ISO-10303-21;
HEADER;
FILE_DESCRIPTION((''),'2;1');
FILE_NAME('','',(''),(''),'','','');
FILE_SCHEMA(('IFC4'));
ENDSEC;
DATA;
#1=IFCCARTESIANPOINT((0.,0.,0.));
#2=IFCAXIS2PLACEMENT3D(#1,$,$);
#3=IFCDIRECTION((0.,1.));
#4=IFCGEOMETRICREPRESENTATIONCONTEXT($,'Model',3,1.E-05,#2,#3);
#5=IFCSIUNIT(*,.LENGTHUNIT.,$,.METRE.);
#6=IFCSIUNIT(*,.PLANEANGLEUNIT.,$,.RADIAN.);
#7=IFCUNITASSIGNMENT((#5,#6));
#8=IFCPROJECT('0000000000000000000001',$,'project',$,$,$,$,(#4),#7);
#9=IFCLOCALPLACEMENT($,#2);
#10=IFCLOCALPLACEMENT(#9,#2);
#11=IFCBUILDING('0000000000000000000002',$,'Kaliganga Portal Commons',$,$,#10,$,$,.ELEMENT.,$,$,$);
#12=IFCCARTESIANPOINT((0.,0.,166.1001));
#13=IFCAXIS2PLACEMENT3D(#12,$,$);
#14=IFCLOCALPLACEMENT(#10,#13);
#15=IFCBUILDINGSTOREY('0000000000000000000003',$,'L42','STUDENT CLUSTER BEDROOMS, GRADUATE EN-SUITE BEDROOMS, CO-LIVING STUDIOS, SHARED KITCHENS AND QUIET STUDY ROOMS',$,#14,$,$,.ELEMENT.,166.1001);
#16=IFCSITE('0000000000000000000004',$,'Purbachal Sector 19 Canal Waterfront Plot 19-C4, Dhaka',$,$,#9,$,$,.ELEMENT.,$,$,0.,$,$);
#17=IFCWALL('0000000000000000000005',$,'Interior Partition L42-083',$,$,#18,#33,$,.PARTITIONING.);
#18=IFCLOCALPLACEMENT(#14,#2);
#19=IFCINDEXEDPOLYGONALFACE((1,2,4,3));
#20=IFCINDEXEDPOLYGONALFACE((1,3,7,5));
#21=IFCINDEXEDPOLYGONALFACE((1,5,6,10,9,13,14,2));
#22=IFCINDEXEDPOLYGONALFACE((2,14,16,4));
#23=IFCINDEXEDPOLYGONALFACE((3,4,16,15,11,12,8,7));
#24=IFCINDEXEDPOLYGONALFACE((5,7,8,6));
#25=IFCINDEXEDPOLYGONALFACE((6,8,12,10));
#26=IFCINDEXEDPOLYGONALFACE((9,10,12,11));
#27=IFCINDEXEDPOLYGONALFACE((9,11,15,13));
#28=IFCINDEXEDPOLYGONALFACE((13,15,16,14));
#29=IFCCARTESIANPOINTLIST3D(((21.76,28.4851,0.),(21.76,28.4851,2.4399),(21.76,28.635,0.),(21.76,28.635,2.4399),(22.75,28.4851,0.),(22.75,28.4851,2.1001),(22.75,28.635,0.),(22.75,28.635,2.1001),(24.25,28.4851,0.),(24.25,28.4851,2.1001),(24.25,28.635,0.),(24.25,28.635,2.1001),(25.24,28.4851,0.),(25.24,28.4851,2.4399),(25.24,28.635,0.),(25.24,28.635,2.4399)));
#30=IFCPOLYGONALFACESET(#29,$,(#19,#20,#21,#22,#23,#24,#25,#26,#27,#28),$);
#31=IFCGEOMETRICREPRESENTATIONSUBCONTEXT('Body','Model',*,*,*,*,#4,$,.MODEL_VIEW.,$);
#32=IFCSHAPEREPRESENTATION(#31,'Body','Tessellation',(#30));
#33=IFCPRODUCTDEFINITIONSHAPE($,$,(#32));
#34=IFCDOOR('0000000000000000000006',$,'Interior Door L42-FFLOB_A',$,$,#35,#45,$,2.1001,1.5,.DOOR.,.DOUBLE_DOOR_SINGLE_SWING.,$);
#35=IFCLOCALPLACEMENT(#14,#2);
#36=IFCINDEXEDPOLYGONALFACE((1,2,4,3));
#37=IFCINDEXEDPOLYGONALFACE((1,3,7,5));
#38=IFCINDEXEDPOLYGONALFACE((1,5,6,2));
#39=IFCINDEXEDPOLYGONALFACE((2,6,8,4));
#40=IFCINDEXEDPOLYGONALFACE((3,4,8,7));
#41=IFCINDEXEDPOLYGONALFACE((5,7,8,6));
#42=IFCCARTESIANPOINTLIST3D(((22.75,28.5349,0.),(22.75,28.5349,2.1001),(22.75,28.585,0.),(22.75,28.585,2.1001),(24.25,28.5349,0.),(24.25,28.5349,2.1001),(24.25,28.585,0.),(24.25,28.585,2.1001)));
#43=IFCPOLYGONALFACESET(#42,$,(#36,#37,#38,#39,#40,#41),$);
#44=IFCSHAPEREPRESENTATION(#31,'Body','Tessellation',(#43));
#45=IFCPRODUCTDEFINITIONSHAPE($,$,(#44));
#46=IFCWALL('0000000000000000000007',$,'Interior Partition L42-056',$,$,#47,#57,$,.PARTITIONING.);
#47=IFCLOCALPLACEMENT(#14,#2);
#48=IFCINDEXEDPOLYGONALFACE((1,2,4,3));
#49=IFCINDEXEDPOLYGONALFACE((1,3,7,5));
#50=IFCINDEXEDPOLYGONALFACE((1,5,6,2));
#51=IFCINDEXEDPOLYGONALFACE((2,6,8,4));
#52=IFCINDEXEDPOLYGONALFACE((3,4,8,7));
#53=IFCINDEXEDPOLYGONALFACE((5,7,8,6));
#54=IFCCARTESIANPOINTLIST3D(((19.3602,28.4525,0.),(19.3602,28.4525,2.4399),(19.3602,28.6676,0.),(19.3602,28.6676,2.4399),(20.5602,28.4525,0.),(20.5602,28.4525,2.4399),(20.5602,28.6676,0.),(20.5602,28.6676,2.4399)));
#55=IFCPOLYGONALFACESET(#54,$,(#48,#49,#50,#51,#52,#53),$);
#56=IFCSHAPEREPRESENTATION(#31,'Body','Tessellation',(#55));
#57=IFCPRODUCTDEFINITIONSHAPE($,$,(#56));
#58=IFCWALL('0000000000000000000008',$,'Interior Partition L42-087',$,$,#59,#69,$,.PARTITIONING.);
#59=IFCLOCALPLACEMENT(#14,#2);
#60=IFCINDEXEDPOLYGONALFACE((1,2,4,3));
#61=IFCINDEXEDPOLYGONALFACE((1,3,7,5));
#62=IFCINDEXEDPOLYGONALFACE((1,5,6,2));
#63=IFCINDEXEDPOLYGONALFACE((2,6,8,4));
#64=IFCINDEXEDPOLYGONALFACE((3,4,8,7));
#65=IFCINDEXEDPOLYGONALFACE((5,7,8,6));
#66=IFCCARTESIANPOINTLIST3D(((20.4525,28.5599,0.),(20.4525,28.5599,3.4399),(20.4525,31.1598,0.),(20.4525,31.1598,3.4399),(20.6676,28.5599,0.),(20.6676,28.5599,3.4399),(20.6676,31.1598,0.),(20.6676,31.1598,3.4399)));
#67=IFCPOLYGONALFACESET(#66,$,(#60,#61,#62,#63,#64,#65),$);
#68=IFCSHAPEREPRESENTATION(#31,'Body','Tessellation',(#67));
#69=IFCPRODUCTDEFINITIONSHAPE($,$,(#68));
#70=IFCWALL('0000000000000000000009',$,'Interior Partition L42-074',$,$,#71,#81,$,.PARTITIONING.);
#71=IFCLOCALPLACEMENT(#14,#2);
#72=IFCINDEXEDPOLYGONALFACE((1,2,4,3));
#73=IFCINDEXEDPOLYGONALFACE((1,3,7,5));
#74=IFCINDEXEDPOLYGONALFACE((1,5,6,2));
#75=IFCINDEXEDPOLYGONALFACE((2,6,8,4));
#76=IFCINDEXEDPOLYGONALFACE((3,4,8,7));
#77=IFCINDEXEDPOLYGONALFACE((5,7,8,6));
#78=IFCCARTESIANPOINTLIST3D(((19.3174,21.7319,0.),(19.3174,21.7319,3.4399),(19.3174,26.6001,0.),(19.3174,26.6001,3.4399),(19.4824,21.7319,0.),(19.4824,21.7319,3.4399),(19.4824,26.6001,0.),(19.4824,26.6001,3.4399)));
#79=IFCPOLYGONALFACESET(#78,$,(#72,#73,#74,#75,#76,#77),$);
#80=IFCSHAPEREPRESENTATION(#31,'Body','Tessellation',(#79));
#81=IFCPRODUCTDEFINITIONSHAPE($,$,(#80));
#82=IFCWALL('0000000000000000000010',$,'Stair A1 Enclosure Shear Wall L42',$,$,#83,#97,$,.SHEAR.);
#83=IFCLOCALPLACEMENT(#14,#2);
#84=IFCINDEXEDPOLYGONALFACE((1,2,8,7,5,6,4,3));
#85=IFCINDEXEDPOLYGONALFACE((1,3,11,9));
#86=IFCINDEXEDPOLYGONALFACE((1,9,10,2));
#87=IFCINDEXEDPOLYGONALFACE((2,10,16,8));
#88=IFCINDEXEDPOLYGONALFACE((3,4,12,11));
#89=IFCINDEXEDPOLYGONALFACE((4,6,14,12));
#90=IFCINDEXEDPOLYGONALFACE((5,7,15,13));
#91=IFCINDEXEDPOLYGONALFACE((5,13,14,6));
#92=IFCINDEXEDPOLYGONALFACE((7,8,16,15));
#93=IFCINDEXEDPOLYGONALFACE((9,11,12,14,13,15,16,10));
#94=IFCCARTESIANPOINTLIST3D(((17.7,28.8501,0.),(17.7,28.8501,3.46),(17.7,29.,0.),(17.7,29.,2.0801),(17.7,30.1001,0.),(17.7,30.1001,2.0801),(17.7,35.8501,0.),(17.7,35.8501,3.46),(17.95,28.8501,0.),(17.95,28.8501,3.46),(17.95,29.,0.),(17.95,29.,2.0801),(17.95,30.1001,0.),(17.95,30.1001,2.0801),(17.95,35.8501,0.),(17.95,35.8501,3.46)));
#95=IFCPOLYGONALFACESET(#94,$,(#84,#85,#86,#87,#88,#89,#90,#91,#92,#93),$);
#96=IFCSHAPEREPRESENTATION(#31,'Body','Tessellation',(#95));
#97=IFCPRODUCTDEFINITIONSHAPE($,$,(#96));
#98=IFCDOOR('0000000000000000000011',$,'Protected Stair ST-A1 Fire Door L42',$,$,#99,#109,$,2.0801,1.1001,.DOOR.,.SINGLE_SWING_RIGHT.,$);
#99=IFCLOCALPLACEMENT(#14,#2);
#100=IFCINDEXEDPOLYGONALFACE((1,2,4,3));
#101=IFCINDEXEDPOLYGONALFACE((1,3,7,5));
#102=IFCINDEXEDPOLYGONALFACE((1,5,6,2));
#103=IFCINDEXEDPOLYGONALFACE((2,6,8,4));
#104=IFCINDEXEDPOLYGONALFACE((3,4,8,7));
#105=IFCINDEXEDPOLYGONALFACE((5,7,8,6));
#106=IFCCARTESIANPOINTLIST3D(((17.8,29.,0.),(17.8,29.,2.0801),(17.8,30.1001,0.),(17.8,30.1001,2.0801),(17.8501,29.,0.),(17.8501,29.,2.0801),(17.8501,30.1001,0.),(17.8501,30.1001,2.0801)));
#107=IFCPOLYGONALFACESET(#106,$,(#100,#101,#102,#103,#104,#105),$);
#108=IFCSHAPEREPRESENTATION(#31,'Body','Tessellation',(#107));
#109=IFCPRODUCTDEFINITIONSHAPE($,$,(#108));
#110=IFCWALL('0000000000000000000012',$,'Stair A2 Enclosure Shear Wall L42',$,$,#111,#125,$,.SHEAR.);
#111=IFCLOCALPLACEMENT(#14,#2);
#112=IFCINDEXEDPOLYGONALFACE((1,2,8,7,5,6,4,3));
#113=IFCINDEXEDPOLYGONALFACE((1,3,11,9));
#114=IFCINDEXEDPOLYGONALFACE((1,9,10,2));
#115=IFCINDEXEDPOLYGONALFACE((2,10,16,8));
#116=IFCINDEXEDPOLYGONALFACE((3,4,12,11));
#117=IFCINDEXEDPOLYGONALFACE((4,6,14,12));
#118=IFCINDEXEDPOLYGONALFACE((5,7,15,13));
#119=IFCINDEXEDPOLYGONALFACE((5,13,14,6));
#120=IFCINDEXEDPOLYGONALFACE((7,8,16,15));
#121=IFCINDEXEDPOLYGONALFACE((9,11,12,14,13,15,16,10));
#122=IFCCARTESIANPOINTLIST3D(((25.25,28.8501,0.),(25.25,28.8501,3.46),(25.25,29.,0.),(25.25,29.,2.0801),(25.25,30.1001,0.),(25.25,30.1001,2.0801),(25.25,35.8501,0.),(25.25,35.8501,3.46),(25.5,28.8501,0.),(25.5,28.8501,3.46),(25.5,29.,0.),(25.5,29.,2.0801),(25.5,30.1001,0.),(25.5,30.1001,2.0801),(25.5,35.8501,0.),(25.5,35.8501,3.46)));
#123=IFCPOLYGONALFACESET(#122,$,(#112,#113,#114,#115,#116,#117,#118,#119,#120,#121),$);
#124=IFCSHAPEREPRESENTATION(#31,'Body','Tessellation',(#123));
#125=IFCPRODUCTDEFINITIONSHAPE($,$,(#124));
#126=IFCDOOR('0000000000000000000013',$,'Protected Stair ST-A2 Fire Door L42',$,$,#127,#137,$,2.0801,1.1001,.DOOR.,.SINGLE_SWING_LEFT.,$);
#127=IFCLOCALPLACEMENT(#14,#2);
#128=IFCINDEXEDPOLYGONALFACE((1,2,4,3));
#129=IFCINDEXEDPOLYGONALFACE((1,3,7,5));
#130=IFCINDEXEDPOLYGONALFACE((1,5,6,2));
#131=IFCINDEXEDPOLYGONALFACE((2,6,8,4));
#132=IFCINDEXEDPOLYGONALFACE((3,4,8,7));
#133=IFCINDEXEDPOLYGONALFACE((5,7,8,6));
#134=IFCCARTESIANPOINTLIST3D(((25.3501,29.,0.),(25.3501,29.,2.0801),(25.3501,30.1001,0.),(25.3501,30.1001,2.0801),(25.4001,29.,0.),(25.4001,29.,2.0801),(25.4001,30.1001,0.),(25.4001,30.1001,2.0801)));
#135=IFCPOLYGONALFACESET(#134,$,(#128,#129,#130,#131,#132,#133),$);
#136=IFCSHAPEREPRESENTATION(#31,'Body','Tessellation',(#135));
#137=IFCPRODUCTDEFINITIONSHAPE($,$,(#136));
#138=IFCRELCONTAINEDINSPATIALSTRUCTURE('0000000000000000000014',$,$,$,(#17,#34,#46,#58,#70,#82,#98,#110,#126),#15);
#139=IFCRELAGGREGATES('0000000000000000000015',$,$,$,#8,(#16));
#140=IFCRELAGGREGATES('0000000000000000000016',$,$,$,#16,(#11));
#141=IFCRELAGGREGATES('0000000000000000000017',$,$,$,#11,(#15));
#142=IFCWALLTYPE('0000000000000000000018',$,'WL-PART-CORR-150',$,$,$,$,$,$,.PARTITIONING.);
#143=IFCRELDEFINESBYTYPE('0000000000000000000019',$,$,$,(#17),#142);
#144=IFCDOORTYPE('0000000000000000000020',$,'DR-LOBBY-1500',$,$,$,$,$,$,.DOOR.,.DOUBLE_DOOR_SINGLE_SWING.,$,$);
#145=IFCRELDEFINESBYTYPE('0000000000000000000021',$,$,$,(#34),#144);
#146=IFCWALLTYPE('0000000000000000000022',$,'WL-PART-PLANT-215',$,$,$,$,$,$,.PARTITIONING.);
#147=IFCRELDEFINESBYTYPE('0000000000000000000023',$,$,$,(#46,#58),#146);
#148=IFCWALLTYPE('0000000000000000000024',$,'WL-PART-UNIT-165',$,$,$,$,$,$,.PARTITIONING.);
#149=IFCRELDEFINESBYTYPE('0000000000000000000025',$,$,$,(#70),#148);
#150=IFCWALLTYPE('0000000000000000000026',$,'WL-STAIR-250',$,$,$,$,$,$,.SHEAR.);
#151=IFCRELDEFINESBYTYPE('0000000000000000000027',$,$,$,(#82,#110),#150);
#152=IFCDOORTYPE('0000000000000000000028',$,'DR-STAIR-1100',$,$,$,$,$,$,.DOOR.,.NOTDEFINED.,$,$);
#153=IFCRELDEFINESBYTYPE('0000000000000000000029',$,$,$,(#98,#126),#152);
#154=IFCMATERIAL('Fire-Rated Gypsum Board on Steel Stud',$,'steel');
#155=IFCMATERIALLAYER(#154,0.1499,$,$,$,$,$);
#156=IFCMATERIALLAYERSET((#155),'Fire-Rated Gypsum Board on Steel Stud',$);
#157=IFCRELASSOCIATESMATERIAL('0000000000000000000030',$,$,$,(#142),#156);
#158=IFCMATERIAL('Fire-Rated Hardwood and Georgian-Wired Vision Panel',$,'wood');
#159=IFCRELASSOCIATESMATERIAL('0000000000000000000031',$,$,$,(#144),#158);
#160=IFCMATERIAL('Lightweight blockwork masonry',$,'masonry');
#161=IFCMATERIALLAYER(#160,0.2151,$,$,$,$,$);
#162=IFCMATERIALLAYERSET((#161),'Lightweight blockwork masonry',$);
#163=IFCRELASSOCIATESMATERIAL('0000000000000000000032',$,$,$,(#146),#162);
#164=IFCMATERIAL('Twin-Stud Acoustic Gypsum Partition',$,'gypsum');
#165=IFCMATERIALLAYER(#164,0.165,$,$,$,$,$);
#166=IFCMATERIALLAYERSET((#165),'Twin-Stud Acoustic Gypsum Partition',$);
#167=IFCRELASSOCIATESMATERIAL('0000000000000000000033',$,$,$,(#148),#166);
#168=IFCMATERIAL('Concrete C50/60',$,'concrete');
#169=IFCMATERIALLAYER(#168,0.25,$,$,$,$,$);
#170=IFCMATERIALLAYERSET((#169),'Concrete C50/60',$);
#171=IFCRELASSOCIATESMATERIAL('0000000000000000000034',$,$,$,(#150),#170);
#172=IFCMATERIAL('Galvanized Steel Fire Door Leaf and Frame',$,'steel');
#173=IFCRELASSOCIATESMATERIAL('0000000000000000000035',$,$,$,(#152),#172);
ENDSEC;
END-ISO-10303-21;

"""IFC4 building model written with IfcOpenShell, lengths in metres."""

from ifc_helpers import new_model, si_unit, direction, frame, frame_2d, origin, place, context, subcontext, project, spatial, rectangle, extrude, material, layer, layer_set, type_object, element, fill, save


model = new_model("IFC4")

# Units and contexts
model_context = context("Model", 3, precision=1e-05, world=origin(), true_north=direction((0.0, 1.0)))
body_context = subcontext(model_context, "Body", "Model", "MODEL_VIEW")
ifc_project = project(units=[si_unit("LENGTHUNIT", "METRE"), si_unit("PLANEANGLEUNIT", "RADIAN")], contexts=[model_context])

# Site, building, storey
site_placement = place(None, origin())
site = spatial("IfcSite", under=ifc_project, at=site_placement, Name="Purbachal Sector 19 Canal Waterfront Plot 19-C4, Dhaka", CompositionType="ELEMENT", RefElevation=0.0)
building_placement = place(site_placement, origin())
building = spatial("IfcBuilding", under=site, at=building_placement, Name="Kaliganga Portal Commons", CompositionType="ELEMENT")
storey_placement = place(building_placement, frame((0.0, 0.0, 166.1001)))
storey = spatial("IfcBuildingStorey", under=building, at=storey_placement, Name="L42", Description="STUDENT CLUSTER BEDROOMS, GRADUATE EN-SUITE BEDROOMS, CO-LIVING STUDIOS, SHARED KITCHENS AND QUIET STUDY ROOMS", CompositionType="ELEMENT", Elevation=166.1001)

# Shared definitions
ifc_material_1 = material(Name="Concrete C50/60", Category="concrete")

# Shared definitions
ifc_material_2 = material(Name="Fire-Rated Gypsum Board on Steel Stud", Category="steel")
ifc_layer_1 = layer(ifc_material_2, 0.1499)
ifc_layer_set_1 = layer_set([ifc_layer_1], Name="Fire-Rated Gypsum Board on Steel Stud")
wall_type_1 = type_object("IfcWallType", Name="WL-PART-CORR-150", PredefinedType="PARTITIONING", material=ifc_layer_set_1)

# Wall, opening, door
wall_1_placement = place(storey_placement, frame((21.76, 28.5601, 0.0), z_axis=(0.0, 0.0, 1.0), x_axis=(1.0, 0.0, 0.0)))
wall_1 = element("IfcWall", 1, at=wall_1_placement, inside=storey, type_object=wall_type_1, Name="Interior Partition L42-083", PredefinedType="PARTITIONING", context=body_context, shape_type="SweptSolid", body=[
    extrude(rectangle(XDim=3.48, YDim=0.1499, at=frame_2d((1.74, 0.0))), origin(), (0.0, 0.0, 1.0), 2.4399),
])
opening_1_placement = place(wall_1_placement, frame((0.99, 0.0, 0.0)))
opening_1 = element("IfcOpeningElement", 2, at=opening_1_placement, cuts=wall_1, PredefinedType="OPENING", context=body_context, shape_type="SweptSolid", body=[
    extrude(rectangle(XDim=1.5, YDim=2.1001, at=frame_2d((0.75, 1.05))), frame((0.0, 0.085, 0.0), z_axis=(0.0, -1.0, 0.0), x_axis=(1.0, 0.0, 0.0)), (0.0, 0.0, 1.0), 0.1699),
])
ifc_material_3 = material(Name="Fire-Rated Hardwood and Georgian-Wired Vision Panel", Category="wood")
door_type_1 = type_object("IfcDoorType", Name="DR-LOBBY-1500", OperationType="DOUBLE_DOOR_SINGLE_SWING", PredefinedType="DOOR", material=ifc_material_3)
door_1_placement = place(opening_1_placement, origin())
door_1 = element("IfcDoor", 3, at=door_1_placement, inside=storey, type_object=door_type_1, Name="Interior Door L42-FFLOB_A", OperationType="DOUBLE_DOOR_SINGLE_SWING", OverallHeight=2.1001, OverallWidth=1.5, PredefinedType="DOOR", context=body_context, shape_type="SweptSolid", body=[
    extrude(rectangle(XDim=1.5, YDim=2.1001, at=frame_2d((0.75, 1.05))), frame((0.0, 0.0249, 0.0), z_axis=(0.0, -1.0, 0.0), x_axis=(1.0, 0.0, 0.0)), (0.0, 0.0, 1.0), 0.05),
])
fill(opening_1, door_1)
ifc_material_4 = material(Name="Lightweight blockwork masonry", Category="masonry")
ifc_layer_2 = layer(ifc_material_4, 0.2151)
ifc_layer_set_2 = layer_set([ifc_layer_2], Name="Lightweight blockwork masonry")
wall_type_2 = type_object("IfcWallType", Name="WL-PART-PLANT-215", PredefinedType="PARTITIONING", material=ifc_layer_set_2)

# Walls
wall_2_placement = place(storey_placement, frame((19.3601, 28.5601, 0.0), z_axis=(0.0, 0.0, 1.0), x_axis=(1.0, 0.0, 0.0)))
element("IfcWall", 4, at=wall_2_placement, inside=storey, type_object=wall_type_2, Name="Interior Partition L42-056", PredefinedType="PARTITIONING", context=body_context, shape_type="SweptSolid", body=[
    extrude(rectangle(XDim=1.2, YDim=0.2151, at=frame_2d((0.6001, 0.0))), origin(), (0.0, 0.0, 1.0), 2.4399),
])
wall_3_placement = place(storey_placement, frame((20.5601, 28.5601, 0.0), z_axis=(0.0, 0.0, 1.0), x_axis=(0.0, 1.0, 0.0)))
element("IfcWall", 5, at=wall_3_placement, inside=storey, type_object=wall_type_2, Name="Interior Partition L42-087", PredefinedType="PARTITIONING", context=body_context, shape_type="SweptSolid", body=[
    extrude(rectangle(XDim=2.5999, YDim=0.2151, at=frame_2d((1.2998, 0.0))), origin(), (0.0, 0.0, 1.0), 3.4399),
])
ifc_material_5 = material(Name="Twin-Stud Acoustic Gypsum Partition", Category="gypsum")
ifc_layer_3 = layer(ifc_material_5, 0.165)
ifc_layer_set_3 = layer_set([ifc_layer_3], Name="Twin-Stud Acoustic Gypsum Partition")
wall_type_3 = type_object("IfcWallType", Name="WL-PART-UNIT-165", PredefinedType="PARTITIONING", material=ifc_layer_set_3)
wall_4_placement = place(storey_placement, frame((19.3999, 21.7319, 0.0), z_axis=(0.0, 0.0, 1.0), x_axis=(0.0, 1.0, 0.0)))
element("IfcWall", 6, at=wall_4_placement, inside=storey, type_object=wall_type_3, Name="Interior Partition L42-074", PredefinedType="PARTITIONING", context=body_context, shape_type="SweptSolid", body=[
    extrude(rectangle(XDim=4.8682, YDim=0.165, at=frame_2d((2.4341, 0.0))), origin(), (0.0, 0.0, 1.0), 3.4399),
])

# Walls, openings, doors
ifc_layer_4 = layer(ifc_material_1, 0.25)
ifc_layer_set_4 = layer_set([ifc_layer_4], Name="Concrete C50/60")
wall_type_4 = type_object("IfcWallType", Name="WL-STAIR-250", PredefinedType="SHEAR", material=ifc_layer_set_4)
wall_5_placement = place(storey_placement, frame((17.825, 28.8501, 0.0), z_axis=(0.0, 0.0, 1.0), x_axis=(0.0, 1.0, 0.0)))
wall_5 = element("IfcWall", 7, at=wall_5_placement, inside=storey, type_object=wall_type_4, Name="Stair A1 Enclosure Shear Wall L42", PredefinedType="SHEAR", context=body_context, shape_type="SweptSolid", body=[
    extrude(rectangle(XDim=7.0, YDim=0.25, at=frame_2d((3.5, 0.0))), origin(), (0.0, 0.0, 1.0), 3.46),
])
opening_2_placement = place(wall_5_placement, frame((0.1499, 0.0, 0.0)))
opening_2 = element("IfcOpeningElement", 8, at=opening_2_placement, cuts=wall_5, PredefinedType="OPENING", context=body_context, shape_type="SweptSolid", body=[
    extrude(rectangle(XDim=1.1001, YDim=2.0801, at=frame_2d((0.55, 1.04))), frame((0.0, 0.135, 0.0), z_axis=(0.0, -1.0, 0.0), x_axis=(1.0, 0.0, 0.0)), (0.0, 0.0, 1.0), 0.27),
])
ifc_material_6 = material(Name="Galvanized Steel Fire Door Leaf and Frame", Category="steel")
door_type_2 = type_object("IfcDoorType", Name="DR-STAIR-1100", OperationType="NOTDEFINED", PredefinedType="DOOR", material=ifc_material_6)
door_2_placement = place(opening_2_placement, origin())
door_2 = element("IfcDoor", 9, at=door_2_placement, inside=storey, type_object=door_type_2, Name="Protected Stair ST-A1 Fire Door L42", OperationType="SINGLE_SWING_RIGHT", OverallHeight=2.0801, OverallWidth=1.1001, PredefinedType="DOOR", context=body_context, shape_type="SweptSolid", body=[
    extrude(rectangle(XDim=1.1001, YDim=2.0801, at=frame_2d((0.55, 1.04))), frame((0.0, 0.0249, 0.0), z_axis=(0.0, -1.0, 0.0), x_axis=(1.0, 0.0, 0.0)), (0.0, 0.0, 1.0), 0.05),
])
fill(opening_2, door_2)
wall_6_placement = place(storey_placement, frame((25.375, 28.8501, 0.0), z_axis=(0.0, 0.0, 1.0), x_axis=(0.0, 1.0, 0.0)))
wall_6 = element("IfcWall", 10, at=wall_6_placement, inside=storey, type_object=wall_type_4, Name="Stair A2 Enclosure Shear Wall L42", PredefinedType="SHEAR", context=body_context, shape_type="SweptSolid", body=[
    extrude(rectangle(XDim=7.0, YDim=0.25, at=frame_2d((3.5, 0.0))), origin(), (0.0, 0.0, 1.0), 3.46),
])
opening_3_placement = place(wall_6_placement, frame((0.1499, 0.0, 0.0)))
opening_3 = element("IfcOpeningElement", 11, at=opening_3_placement, cuts=wall_6, PredefinedType="OPENING", context=body_context, shape_type="SweptSolid", body=[
    extrude(rectangle(XDim=1.1001, YDim=2.0801, at=frame_2d((0.55, 1.04))), frame((0.0, 0.135, 0.0), z_axis=(0.0, -1.0, 0.0), x_axis=(1.0, 0.0, 0.0)), (0.0, 0.0, 1.0), 0.27),
])
door_3_placement = place(opening_3_placement, origin())
door_3 = element("IfcDoor", 12, at=door_3_placement, inside=storey, type_object=door_type_2, Name="Protected Stair ST-A2 Fire Door L42", OperationType="SINGLE_SWING_LEFT", OverallHeight=2.0801, OverallWidth=1.1001, PredefinedType="DOOR", context=body_context, shape_type="SweptSolid", body=[
    extrude(rectangle(XDim=1.1001, YDim=2.0801, at=frame_2d((0.55, 1.04))), frame((0.0, 0.0249, 0.0), z_axis=(0.0, -1.0, 0.0), x_axis=(1.0, 0.0, 0.0)), (0.0, 0.0, 1.0), 0.05),
])
fill(opening_3, door_3)

save(model, "model.ifc")
